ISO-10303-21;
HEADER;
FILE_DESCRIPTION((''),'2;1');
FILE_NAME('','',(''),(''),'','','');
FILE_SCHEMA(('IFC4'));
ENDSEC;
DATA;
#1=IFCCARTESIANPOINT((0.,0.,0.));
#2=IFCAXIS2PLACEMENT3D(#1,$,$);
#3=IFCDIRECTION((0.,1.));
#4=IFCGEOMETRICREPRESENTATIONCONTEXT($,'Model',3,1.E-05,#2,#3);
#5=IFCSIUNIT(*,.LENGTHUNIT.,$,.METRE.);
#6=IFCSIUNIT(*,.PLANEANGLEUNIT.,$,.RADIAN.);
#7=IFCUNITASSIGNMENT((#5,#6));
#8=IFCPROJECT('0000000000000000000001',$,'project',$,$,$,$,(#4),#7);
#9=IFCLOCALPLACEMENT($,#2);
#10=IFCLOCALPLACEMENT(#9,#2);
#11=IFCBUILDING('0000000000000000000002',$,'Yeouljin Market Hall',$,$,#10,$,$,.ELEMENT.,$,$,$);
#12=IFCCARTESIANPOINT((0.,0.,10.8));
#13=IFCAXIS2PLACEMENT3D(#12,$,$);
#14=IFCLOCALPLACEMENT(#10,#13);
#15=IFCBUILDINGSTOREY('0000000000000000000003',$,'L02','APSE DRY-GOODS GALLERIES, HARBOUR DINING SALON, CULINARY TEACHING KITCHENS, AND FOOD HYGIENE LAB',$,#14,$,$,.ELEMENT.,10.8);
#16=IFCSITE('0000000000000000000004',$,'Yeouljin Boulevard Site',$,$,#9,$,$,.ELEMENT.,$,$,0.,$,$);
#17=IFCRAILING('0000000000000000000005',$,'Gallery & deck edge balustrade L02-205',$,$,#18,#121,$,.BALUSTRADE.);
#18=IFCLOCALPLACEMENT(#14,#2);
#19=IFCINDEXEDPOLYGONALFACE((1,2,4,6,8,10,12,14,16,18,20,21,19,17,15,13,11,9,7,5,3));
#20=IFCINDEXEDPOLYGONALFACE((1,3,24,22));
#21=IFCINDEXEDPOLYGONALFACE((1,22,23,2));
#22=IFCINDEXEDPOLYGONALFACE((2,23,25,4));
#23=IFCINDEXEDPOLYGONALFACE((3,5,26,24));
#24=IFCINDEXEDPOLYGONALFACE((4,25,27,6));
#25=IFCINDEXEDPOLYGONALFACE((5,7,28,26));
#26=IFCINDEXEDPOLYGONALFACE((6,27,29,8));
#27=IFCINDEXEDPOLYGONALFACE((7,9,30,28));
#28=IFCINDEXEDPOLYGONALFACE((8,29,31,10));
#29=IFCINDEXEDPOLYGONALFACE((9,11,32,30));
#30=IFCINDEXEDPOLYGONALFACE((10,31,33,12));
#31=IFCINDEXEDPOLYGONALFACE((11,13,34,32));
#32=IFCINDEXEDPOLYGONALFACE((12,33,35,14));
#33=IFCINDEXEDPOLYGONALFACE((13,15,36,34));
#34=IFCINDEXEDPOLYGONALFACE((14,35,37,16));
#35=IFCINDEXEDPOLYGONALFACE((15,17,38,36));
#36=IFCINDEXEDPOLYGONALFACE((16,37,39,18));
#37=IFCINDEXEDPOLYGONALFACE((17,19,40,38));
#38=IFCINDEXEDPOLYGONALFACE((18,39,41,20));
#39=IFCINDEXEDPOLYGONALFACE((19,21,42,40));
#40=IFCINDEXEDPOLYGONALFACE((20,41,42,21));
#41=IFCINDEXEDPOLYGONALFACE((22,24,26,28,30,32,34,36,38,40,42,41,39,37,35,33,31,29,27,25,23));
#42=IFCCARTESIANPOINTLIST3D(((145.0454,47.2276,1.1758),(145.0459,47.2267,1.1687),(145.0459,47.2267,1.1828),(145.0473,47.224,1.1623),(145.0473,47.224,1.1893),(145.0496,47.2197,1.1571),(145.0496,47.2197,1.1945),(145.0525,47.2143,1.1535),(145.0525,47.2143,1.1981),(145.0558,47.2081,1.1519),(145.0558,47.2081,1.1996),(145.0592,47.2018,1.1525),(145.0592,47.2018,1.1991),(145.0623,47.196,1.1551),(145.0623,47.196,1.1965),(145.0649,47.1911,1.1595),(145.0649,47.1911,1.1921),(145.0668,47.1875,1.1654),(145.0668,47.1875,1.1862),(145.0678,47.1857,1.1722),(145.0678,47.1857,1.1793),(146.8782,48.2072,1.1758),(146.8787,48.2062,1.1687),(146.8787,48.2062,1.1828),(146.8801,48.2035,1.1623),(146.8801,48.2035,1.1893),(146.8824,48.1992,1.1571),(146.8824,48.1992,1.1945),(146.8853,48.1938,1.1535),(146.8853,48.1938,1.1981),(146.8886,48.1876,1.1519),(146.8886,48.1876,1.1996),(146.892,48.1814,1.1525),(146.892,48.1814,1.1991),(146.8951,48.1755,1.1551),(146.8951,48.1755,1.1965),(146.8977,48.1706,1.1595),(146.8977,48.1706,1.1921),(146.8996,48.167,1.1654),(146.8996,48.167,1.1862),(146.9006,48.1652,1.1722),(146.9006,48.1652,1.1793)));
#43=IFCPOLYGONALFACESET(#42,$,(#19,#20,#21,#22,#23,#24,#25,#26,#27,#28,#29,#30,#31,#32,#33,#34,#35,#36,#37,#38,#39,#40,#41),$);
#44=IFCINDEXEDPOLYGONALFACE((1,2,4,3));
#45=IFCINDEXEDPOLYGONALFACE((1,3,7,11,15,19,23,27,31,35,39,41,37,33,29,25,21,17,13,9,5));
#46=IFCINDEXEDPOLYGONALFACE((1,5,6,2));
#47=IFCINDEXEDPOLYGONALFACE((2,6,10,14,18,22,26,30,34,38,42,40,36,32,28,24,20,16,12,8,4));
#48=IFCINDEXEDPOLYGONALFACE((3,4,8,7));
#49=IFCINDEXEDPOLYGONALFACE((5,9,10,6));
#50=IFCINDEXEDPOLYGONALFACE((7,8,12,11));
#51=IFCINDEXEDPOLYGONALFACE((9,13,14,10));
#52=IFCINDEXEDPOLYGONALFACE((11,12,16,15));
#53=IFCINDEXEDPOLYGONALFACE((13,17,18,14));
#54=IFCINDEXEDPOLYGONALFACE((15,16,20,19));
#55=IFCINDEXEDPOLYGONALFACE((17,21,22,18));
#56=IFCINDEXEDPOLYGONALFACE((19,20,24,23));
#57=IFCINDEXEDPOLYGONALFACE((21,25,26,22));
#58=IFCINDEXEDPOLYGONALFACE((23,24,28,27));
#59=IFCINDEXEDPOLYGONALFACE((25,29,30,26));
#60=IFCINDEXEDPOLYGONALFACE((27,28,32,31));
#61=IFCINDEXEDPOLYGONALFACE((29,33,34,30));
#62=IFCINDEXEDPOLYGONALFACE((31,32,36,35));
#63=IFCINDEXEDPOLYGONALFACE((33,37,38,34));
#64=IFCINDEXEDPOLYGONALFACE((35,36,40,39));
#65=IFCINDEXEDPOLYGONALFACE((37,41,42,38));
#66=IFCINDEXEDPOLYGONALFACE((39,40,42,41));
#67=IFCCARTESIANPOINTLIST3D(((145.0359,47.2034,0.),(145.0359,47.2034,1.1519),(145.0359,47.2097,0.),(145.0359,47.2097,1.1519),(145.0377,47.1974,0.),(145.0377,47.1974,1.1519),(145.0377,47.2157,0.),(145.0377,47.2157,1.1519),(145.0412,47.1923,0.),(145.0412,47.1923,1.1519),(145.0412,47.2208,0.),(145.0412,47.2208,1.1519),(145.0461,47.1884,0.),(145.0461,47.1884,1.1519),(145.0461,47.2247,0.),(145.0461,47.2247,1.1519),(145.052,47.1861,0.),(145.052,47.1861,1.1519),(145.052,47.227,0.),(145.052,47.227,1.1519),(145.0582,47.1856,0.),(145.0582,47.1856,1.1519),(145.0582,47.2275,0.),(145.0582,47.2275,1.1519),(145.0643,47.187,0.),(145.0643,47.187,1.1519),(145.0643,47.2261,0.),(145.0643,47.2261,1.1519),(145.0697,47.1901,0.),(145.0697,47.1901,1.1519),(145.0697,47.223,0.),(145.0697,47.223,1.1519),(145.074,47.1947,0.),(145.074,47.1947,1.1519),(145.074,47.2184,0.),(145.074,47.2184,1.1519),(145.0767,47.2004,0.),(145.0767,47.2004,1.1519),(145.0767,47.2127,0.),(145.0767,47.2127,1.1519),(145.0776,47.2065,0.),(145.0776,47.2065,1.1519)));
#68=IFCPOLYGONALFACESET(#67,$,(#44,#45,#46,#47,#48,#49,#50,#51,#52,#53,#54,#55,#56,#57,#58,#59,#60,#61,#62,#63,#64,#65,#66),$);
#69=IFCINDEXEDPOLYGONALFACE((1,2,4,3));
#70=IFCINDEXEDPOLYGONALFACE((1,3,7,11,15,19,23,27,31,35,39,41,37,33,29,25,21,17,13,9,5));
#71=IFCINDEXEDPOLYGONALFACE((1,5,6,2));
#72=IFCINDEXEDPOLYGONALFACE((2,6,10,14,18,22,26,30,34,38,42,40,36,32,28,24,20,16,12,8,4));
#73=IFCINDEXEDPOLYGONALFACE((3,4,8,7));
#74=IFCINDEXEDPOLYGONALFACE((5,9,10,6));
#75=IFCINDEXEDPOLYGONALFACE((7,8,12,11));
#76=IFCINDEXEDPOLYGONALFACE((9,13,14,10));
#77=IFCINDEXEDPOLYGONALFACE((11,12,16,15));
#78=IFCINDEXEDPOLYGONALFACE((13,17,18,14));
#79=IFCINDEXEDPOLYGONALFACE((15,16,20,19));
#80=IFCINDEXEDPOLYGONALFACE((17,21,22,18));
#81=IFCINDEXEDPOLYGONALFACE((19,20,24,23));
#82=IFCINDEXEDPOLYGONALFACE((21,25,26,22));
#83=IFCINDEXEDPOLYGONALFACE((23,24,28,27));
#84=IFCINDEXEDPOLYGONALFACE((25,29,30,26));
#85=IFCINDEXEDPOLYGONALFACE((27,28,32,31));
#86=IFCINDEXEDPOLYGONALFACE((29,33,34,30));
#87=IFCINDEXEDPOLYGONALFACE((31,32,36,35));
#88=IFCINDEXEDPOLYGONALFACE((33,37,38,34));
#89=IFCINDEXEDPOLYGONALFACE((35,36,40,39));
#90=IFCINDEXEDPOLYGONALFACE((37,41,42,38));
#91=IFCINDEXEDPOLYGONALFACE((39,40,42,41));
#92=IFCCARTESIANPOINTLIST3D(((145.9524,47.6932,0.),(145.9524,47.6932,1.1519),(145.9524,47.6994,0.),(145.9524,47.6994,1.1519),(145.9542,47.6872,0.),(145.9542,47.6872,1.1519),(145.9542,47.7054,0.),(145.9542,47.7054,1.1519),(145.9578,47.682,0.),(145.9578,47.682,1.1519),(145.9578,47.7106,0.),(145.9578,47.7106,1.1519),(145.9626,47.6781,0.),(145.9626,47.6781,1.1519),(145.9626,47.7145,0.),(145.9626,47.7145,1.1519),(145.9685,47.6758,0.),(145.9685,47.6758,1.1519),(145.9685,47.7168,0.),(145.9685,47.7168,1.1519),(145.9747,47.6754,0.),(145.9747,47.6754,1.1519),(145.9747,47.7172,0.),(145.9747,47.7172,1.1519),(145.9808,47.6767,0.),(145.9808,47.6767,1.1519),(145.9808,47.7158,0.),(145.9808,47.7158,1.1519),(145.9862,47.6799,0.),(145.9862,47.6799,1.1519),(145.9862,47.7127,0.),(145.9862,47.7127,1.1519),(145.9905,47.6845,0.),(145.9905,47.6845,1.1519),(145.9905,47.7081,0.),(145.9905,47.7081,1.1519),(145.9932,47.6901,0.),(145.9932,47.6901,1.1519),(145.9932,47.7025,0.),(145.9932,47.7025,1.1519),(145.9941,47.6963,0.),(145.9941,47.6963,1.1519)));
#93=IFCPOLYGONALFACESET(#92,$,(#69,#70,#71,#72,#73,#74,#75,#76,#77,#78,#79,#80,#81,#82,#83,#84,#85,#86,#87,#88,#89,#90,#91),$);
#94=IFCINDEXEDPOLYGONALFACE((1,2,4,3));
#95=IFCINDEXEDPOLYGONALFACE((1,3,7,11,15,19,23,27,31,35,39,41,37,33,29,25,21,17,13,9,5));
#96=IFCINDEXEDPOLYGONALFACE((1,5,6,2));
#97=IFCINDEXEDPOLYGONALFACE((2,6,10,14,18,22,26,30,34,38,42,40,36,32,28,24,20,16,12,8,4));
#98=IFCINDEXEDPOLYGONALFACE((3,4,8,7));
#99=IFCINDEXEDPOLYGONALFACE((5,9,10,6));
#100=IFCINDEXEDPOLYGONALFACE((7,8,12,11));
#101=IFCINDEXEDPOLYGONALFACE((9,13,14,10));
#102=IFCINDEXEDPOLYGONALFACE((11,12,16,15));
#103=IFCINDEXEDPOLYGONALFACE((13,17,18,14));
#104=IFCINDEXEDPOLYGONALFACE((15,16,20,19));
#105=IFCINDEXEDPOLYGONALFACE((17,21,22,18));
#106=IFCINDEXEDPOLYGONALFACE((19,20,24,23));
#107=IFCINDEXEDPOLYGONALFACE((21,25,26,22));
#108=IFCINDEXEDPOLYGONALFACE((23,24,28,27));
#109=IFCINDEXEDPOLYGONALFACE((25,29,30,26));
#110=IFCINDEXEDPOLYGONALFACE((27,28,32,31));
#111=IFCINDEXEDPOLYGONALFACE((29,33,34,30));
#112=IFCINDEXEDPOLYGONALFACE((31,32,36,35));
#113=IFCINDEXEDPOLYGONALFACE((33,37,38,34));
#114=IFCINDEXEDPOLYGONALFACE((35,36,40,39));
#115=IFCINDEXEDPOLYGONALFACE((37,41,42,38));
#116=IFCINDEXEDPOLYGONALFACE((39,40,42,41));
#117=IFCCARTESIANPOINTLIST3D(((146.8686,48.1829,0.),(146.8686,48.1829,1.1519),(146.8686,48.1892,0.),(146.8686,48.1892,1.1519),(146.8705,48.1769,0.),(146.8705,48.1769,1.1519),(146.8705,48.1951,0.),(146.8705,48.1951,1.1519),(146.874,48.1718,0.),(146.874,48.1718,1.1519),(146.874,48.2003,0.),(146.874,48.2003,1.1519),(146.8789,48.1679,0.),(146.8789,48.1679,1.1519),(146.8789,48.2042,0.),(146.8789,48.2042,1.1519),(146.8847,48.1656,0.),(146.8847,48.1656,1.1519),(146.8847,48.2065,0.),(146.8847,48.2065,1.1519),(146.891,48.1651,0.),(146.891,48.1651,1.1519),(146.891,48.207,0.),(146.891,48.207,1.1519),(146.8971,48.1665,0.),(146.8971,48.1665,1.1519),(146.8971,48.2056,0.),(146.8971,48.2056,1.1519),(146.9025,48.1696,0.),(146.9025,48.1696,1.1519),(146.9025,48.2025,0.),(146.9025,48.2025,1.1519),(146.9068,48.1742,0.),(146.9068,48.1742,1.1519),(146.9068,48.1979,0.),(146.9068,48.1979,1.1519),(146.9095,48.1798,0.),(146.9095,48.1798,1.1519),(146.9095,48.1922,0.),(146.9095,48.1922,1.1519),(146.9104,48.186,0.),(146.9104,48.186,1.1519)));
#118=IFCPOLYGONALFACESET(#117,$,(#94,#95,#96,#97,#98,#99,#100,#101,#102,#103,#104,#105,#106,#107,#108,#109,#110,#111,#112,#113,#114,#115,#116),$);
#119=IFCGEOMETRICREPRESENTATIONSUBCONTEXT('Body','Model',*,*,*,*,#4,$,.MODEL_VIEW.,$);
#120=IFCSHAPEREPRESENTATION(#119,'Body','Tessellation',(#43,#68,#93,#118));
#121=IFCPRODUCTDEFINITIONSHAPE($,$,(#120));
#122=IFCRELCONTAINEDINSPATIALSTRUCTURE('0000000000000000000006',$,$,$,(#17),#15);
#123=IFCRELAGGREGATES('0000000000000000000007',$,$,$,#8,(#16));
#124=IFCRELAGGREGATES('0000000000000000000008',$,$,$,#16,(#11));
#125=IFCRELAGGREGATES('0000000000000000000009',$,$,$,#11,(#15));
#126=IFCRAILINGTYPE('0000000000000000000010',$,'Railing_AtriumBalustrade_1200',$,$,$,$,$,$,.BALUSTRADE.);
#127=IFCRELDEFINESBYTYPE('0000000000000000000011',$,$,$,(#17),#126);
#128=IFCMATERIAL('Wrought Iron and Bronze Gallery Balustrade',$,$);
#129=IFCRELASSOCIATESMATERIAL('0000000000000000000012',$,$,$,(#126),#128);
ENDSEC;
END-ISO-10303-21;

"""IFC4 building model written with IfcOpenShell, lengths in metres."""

from ifc_helpers import new_model, si_unit, direction, frame, origin, origin_2d, place, context, subcontext, project, spatial, circle, extrude, material, type_object, element, save


model = new_model("IFC4")

# Units and contexts
model_context = context("Model", 3, precision=1e-05, world=origin(), true_north=direction((0.0, 1.0)))
body_context = subcontext(model_context, "Body", "Model", "MODEL_VIEW")
ifc_project = project(units=[si_unit("LENGTHUNIT", "METRE"), si_unit("PLANEANGLEUNIT", "RADIAN")], contexts=[model_context])

# Site, building, storey
site_placement = place(None, origin())
site = spatial("IfcSite", under=ifc_project, at=site_placement, Name="Yeouljin Boulevard Site", CompositionType="ELEMENT", RefElevation=0.0)
building_placement = place(site_placement, origin())
building = spatial("IfcBuilding", under=site, at=building_placement, Name="Yeouljin Market Hall", CompositionType="ELEMENT")
storey_placement = place(building_placement, frame((0.0, 0.0, 10.8)))
storey = spatial("IfcBuildingStorey", under=building, at=storey_placement, Name="L02", Description="APSE DRY-GOODS GALLERIES, HARBOUR DINING SALON, CULINARY TEACHING KITCHENS, AND FOOD HYGIENE LAB", CompositionType="ELEMENT", Elevation=10.8)

# Railing
ifc_material_1 = material(Name="Wrought Iron and Bronze Gallery Balustrade")
railing_type = type_object("IfcRailingType", Name="Railing_AtriumBalustrade_1200", PredefinedType="BALUSTRADE", material=ifc_material_1)
railing_1_placement = place(storey_placement, frame((145.0566, 47.2065, 0.0)))
element("IfcRailing", 1, at=railing_1_placement, inside=storey, type_object=railing_type, Name="Gallery & deck edge balustrade L02-205", PredefinedType="BALUSTRADE", context=body_context, shape_type="SweptSolid", body=[
    extrude(circle(Radius=0.0239, at=origin_2d()), frame((0.0, 0.0, 1.1758), z_axis=(0.881949, 0.471344, 0.0), x_axis=(-0.471344, 0.881949, 0.0)), (0.0, 0.0, 1.0), 2.0781),
    extrude(circle(Radius=0.021, at=origin_2d()), origin(), (0.0, 0.0, 1.0), 1.1519),
    extrude(circle(Radius=0.021, at=origin_2d()), frame((0.9165, 0.4897, 0.0)), (0.0, 0.0, 1.0), 1.1519),
    extrude(circle(Radius=0.021, at=origin_2d()), frame((1.8328, 0.9795, 0.0)), (0.0, 0.0, 1.0), 1.1519),
])

save(model, "model.ifc")
